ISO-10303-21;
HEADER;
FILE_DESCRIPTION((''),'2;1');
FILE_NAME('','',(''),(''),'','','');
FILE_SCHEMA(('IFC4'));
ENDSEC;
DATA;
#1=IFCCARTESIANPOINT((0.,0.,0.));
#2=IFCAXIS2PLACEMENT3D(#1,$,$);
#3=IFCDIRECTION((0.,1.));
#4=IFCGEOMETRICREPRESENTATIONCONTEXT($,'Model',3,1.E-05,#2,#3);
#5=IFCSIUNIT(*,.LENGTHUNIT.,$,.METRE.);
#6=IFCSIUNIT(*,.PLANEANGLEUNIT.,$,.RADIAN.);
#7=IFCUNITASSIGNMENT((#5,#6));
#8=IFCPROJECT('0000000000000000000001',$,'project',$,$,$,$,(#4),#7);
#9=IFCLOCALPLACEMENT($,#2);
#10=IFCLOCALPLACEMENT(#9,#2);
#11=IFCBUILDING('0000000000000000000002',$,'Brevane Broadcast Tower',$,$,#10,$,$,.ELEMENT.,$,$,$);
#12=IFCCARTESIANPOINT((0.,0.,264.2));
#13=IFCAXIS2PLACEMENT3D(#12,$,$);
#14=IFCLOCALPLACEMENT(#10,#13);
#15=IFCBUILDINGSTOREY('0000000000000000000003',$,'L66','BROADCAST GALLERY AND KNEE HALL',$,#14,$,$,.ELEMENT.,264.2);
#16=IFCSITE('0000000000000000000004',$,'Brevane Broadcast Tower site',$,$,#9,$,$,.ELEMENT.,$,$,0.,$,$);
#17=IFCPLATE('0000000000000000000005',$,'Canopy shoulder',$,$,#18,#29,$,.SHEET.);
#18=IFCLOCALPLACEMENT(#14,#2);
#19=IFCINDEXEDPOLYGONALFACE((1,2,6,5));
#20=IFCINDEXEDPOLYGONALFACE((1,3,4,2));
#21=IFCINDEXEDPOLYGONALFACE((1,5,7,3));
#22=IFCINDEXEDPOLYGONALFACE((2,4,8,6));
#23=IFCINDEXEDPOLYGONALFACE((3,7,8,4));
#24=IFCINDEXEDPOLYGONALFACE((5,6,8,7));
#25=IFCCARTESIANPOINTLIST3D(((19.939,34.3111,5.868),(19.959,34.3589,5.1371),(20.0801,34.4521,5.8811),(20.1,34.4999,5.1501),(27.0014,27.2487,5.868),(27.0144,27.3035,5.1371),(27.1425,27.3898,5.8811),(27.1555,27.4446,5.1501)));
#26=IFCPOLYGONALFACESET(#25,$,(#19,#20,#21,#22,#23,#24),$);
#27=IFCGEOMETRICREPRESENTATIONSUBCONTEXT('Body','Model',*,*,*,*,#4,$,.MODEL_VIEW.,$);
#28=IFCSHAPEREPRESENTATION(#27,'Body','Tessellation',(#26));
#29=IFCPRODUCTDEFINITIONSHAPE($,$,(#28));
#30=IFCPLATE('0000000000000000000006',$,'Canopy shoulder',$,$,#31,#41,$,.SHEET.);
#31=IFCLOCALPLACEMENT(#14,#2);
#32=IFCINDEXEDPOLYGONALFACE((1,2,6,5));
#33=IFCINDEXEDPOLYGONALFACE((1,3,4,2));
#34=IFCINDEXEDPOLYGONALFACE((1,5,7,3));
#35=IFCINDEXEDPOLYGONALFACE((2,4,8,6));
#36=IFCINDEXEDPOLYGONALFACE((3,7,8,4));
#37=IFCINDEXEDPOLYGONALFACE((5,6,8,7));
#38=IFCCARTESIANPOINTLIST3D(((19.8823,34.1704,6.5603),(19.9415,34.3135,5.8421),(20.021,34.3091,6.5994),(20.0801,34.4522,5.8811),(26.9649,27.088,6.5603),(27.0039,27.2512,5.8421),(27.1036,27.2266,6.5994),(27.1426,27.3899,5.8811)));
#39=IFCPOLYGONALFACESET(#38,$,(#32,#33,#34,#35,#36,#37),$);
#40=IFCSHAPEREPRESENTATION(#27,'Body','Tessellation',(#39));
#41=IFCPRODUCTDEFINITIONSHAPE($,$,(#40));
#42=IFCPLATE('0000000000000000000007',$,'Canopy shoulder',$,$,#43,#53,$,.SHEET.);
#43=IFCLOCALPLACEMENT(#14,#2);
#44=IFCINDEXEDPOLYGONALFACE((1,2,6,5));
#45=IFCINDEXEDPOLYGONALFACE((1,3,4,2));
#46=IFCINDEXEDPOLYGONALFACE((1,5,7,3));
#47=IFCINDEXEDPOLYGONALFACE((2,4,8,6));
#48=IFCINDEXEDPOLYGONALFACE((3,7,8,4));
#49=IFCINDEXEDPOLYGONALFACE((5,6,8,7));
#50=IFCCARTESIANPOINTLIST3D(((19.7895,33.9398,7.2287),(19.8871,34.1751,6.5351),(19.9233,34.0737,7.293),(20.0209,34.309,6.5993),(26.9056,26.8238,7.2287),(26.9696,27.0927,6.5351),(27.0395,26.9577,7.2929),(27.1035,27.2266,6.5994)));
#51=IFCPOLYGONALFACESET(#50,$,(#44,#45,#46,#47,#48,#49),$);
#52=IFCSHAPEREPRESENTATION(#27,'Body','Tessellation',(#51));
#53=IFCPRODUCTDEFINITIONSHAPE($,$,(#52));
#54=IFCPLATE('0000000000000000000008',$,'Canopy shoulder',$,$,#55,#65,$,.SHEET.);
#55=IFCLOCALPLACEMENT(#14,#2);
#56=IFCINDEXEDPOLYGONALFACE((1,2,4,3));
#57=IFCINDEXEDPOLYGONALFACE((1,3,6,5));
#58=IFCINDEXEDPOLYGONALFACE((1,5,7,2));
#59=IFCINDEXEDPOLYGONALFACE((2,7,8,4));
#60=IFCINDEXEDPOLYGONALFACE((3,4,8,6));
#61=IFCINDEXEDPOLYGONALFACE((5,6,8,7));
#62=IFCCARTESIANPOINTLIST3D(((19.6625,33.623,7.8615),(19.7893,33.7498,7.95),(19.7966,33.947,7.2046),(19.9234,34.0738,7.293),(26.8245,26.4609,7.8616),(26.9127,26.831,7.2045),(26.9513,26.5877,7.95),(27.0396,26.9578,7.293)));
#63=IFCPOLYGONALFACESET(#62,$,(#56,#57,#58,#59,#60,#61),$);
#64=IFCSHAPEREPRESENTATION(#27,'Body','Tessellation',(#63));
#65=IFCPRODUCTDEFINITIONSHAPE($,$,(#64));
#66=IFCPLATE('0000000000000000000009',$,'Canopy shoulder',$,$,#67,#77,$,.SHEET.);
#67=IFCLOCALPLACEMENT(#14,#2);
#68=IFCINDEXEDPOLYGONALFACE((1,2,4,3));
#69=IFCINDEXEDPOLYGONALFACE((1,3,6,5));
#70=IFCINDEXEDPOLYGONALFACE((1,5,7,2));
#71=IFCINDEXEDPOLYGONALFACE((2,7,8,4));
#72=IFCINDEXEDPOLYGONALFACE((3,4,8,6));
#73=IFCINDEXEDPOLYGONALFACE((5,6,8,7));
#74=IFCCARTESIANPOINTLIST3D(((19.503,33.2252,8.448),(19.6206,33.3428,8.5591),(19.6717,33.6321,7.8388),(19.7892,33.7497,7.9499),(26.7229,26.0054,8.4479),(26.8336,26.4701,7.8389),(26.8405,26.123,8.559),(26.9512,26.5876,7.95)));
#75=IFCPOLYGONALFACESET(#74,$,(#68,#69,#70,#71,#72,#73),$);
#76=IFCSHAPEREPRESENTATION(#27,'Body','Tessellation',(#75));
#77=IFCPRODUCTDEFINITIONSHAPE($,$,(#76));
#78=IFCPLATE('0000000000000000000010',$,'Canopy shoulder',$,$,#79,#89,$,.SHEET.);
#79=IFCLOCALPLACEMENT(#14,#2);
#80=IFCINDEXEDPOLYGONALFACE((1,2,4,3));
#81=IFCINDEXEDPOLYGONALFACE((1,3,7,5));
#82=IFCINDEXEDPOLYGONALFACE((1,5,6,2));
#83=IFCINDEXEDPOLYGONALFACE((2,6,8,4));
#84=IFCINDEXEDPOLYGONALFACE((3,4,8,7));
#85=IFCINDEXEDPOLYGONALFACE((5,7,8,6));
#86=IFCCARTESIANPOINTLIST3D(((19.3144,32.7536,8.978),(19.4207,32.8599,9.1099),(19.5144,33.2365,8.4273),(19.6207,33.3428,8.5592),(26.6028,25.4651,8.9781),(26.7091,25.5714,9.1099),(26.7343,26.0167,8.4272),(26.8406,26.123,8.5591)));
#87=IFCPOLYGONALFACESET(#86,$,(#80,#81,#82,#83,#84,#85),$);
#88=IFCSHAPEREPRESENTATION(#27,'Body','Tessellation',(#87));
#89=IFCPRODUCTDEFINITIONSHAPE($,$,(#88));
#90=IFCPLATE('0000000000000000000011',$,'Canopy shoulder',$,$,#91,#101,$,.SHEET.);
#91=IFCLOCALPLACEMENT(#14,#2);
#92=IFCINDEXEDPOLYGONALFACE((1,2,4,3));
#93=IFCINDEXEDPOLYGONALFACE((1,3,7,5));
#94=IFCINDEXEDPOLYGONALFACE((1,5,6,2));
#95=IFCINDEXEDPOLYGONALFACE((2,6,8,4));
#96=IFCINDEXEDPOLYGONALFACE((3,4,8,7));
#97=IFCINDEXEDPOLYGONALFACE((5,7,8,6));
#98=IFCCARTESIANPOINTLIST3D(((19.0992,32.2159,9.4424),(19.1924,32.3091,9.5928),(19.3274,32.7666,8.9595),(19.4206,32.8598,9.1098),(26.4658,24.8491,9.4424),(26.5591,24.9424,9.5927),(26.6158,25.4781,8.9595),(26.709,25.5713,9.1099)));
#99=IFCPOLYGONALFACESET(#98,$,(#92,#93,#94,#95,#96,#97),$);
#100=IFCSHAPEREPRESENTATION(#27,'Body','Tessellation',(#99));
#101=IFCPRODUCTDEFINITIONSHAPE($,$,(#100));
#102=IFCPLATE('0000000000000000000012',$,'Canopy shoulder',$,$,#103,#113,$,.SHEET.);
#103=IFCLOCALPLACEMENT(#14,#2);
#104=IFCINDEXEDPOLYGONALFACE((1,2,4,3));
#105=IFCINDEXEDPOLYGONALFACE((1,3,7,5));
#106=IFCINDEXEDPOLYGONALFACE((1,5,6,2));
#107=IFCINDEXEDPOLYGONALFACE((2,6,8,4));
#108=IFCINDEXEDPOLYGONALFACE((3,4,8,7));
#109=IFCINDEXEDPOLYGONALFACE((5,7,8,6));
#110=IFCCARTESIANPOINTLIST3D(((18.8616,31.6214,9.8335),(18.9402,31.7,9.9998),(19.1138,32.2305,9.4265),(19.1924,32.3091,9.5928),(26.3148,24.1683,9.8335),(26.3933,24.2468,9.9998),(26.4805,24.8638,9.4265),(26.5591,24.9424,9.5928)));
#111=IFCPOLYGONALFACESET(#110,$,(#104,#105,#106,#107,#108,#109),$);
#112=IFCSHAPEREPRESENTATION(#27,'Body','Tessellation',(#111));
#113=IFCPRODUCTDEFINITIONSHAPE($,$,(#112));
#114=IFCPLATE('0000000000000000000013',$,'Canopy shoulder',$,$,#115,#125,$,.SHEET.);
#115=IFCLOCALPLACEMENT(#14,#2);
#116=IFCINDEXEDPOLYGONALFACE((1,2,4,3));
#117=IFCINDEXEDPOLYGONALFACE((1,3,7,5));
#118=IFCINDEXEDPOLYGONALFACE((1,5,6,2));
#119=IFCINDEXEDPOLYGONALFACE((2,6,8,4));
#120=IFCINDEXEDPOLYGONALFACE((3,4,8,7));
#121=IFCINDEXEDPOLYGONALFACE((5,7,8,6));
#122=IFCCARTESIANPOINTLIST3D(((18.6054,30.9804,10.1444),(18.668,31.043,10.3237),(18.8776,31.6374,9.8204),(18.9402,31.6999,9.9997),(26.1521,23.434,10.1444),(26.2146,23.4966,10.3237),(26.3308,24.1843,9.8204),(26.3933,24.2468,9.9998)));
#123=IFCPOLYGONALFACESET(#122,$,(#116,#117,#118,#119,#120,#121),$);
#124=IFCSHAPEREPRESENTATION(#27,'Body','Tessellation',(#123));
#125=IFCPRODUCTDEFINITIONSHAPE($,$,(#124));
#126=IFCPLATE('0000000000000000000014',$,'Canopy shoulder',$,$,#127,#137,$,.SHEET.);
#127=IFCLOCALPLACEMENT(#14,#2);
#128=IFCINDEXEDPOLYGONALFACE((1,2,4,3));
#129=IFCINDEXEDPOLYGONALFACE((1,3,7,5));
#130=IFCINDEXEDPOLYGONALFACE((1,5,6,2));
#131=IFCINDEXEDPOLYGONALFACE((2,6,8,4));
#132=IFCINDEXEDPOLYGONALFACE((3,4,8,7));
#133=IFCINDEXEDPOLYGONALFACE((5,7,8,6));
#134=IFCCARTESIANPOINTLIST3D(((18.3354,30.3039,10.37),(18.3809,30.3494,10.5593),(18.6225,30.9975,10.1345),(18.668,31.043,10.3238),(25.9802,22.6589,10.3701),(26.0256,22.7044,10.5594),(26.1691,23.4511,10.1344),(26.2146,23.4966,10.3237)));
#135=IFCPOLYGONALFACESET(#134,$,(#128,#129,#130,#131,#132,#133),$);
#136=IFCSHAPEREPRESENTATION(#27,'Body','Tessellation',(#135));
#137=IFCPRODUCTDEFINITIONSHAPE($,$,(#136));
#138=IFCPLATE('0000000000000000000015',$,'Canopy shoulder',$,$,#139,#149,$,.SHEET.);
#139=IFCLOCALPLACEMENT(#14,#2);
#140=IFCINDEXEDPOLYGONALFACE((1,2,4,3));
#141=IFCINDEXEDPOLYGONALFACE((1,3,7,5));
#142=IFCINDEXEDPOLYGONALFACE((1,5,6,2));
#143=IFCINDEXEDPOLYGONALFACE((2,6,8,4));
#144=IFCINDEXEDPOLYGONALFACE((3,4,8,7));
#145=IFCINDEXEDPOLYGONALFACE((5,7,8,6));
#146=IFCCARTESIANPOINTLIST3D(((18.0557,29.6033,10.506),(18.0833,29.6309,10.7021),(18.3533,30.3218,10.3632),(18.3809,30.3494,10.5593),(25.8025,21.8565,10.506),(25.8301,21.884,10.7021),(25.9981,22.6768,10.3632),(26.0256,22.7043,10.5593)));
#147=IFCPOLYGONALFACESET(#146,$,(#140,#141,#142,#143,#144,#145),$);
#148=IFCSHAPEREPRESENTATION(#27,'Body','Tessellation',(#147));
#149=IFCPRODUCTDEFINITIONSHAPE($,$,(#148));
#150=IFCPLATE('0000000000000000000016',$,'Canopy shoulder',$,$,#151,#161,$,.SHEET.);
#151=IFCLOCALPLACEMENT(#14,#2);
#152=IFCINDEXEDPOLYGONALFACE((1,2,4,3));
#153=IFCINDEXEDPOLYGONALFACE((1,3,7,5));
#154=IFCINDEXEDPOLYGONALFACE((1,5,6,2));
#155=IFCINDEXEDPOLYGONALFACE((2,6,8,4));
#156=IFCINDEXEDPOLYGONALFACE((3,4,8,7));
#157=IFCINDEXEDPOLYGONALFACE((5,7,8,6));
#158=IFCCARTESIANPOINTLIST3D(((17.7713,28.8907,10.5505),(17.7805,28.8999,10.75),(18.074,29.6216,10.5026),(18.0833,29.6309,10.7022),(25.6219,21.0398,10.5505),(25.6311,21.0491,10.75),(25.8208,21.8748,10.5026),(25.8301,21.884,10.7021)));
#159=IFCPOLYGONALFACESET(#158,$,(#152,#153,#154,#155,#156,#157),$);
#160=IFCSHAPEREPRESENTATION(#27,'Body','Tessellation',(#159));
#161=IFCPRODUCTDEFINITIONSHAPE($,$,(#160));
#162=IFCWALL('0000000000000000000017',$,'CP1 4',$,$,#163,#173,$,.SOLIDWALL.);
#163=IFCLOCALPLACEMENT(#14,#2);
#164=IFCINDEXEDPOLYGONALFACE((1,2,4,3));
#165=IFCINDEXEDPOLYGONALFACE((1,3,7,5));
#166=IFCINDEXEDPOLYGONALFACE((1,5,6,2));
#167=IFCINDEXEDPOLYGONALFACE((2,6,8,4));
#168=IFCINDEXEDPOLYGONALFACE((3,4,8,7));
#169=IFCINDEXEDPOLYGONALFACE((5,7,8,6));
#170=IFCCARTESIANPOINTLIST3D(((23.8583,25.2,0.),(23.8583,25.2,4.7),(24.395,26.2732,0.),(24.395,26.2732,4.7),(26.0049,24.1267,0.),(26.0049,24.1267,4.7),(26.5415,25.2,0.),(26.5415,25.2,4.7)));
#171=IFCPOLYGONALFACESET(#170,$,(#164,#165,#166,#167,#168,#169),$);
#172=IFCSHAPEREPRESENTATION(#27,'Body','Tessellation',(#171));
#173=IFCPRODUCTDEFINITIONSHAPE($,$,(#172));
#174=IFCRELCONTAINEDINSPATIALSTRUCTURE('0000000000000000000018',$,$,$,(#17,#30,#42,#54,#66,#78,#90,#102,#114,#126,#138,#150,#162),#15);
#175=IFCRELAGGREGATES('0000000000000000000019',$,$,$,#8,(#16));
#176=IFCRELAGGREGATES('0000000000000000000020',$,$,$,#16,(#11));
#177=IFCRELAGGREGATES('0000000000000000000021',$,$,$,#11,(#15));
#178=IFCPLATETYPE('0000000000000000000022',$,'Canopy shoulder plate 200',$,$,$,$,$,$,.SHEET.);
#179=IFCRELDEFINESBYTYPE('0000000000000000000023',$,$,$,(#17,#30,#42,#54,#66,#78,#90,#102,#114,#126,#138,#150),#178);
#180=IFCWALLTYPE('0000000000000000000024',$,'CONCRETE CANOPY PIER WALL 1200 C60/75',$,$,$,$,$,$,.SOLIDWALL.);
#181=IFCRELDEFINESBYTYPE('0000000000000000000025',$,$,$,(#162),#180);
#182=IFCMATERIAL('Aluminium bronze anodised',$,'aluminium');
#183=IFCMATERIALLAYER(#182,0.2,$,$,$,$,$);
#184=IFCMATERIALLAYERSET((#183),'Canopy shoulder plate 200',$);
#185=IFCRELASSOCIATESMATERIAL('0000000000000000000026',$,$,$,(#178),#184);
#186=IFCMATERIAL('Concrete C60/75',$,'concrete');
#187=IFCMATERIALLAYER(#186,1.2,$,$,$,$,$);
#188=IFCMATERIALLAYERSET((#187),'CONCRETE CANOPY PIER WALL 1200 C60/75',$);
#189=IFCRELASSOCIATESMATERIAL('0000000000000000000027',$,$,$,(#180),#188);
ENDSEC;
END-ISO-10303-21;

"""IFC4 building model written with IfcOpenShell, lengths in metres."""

from ifc_helpers import new_model, si_unit, direction, frame, frame_2d, origin, place, context, subcontext, project, spatial, polyline, rectangle, outline, extrude, material, layer, layer_set, type_object, element, save


model = new_model("IFC4")

# Units and contexts
model_context = context("Model", 3, precision=1e-05, world=origin(), true_north=direction((0.0, 1.0)))
body_context = subcontext(model_context, "Body", "Model", "MODEL_VIEW")
ifc_project = project(units=[si_unit("LENGTHUNIT", "METRE"), si_unit("PLANEANGLEUNIT", "RADIAN")], contexts=[model_context])

# Site, building, storey
site_placement = place(None, origin())
site = spatial("IfcSite", under=ifc_project, at=site_placement, Name="Brevane Broadcast Tower site", CompositionType="ELEMENT", RefElevation=0.0)
building_placement = place(site_placement, origin())
building = spatial("IfcBuilding", under=site, at=building_placement, Name="Brevane Broadcast Tower", CompositionType="ELEMENT")
storey_placement = place(building_placement, frame((0.0, 0.0, 264.2)))
storey = spatial("IfcBuildingStorey", under=building, at=storey_placement, Name="L66", Description="BROADCAST GALLERY AND KNEE HALL", CompositionType="ELEMENT", Elevation=264.2)

# Plates
ifc_material_1 = material(Name="Aluminium bronze anodised", Category="aluminium")
ifc_layer_1 = layer(ifc_material_1, 0.2)
ifc_layer_set_1 = layer_set([ifc_layer_1], Name="Canopy shoulder plate 200")
plate_type_1 = type_object("IfcPlateType", Name="Canopy shoulder plate 200", PredefinedType="SHEET", material=ifc_layer_set_1)
plate_1_placement = place(storey_placement, frame((27.1555, 27.4446, 5.1501), z_axis=(0.705587, 0.705599, 0.065398), x_axis=(-0.707113, 0.707101, -0.000001)))
element("IfcPlate", 1, at=plate_1_placement, inside=storey, type_object=plate_type_1, Name="Canopy shoulder", PredefinedType="SHEET", context=body_context, shape_type="SweptSolid", body=[
    extrude(outline(polyline([(0.0, 0.0), (9.9779, 0.0), (9.9582, 0.7325), (-0.0295, 0.7325), (0.0, 0.0)])), origin(), (0.0, 0.0, -1.0), 0.2),
])
plate_2_placement = place(storey_placement, frame((27.1426, 27.3899, 5.8811), z_axis=(0.693485, 0.693497, 0.195296), x_axis=(-0.707113, 0.7071, 0.000002)))
element("IfcPlate", 2, at=plate_2_placement, inside=storey, type_object=plate_type_1, Name="Canopy shoulder", PredefinedType="SHEET", context=body_context, shape_type="SweptSolid", body=[
    extrude(outline(polyline([(0.0, 0.0), (9.9877, 0.0), (9.9283, 0.7323), (-0.0879, 0.7324), (0.0, 0.0)])), origin(), (0.0, 0.0, -1.0), 0.2),
])
plate_3_placement = place(storey_placement, frame((27.1035, 27.2266, 6.5994), z_axis=(0.669593, 0.669604, 0.321366), x_axis=(-0.707112, 0.707101, -0.000003)))
element("IfcPlate", 3, at=plate_3_placement, inside=storey, type_object=plate_type_1, Name="Canopy shoulder", PredefinedType="SHEET", context=body_context, shape_type="SweptSolid", body=[
    extrude(outline(polyline([(0.0, 0.0), (10.0162, 0.0), (9.9188, 0.7325), (-0.1448, 0.7324), (0.0, 0.0)])), origin(), (0.0, 0.0, -1.0), 0.2),
])
plate_4_placement = place(storey_placement, frame((27.0396, 26.9578, 7.293), z_axis=(0.634167, 0.634167, 0.442338), x_axis=(-0.707109, 0.707104, 0.000007)))
element("IfcPlate", 4, at=plate_4_placement, inside=storey, type_object=plate_type_1, Name="Canopy shoulder", PredefinedType="SHEET", context=body_context, shape_type="SweptSolid", body=[
    extrude(outline(polyline([(0.0, 0.0), (10.0637, 0.0), (9.9294, 0.7325), (-0.1992, 0.7326), (0.0, 0.0)])), origin(), (0.0, 0.0, -1.0), 0.2),
])
plate_5_placement = place(storey_placement, frame((26.9512, 26.5876, 7.95), z_axis=(0.587987, 0.587987, 0.555465), x_axis=(-0.707103, 0.70711, -0.000008)))
element("IfcPlate", 5, at=plate_5_placement, inside=storey, type_object=plate_type_1, Name="Canopy shoulder", PredefinedType="SHEET", context=body_context, shape_type="SweptSolid", body=[
    extrude(outline(polyline([(0.0, 0.0), (10.1286, 0.0), (9.9601, 0.7326), (-0.2503, 0.7324), (0.0, 0.0)])), origin(), (0.0, 0.0, -1.0), 0.2),
])
plate_6_placement = place(storey_placement, frame((26.8406, 26.123, 8.5591), z_axis=(0.531628, 0.531628, 0.659351), x_axis=(-0.707112, 0.707102, 0.000008)))
element("IfcPlate", 6, at=plate_6_placement, inside=storey, type_object=plate_type_1, Name="Canopy shoulder", PredefinedType="SHEET", context=body_context, shape_type="SweptSolid", body=[
    extrude(outline(polyline([(0.0, 0.0), (10.2104, 0.0), (10.0103, 0.7325), (-0.2971, 0.7327), (0.0, 0.0)])), origin(), (0.0, 0.0, -1.0), 0.2),
])
plate_7_placement = place(storey_placement, frame((26.709, 25.5713, 9.1099), z_axis=(0.466169, 0.466161, 0.751918), x_axis=(-0.707098, 0.707116, -0.000004)))
element("IfcPlate", 7, at=plate_7_placement, inside=storey, type_object=plate_type_1, Name="Canopy shoulder", PredefinedType="SHEET", context=body_context, shape_type="SweptSolid", body=[
    extrude(outline(polyline([(0.0, 0.0), (10.3074, 0.0), (10.0794, 0.7326), (-0.3387, 0.7324), (0.0, 0.0)])), origin(), (0.0, 0.0, -1.0), 0.2),
])
plate_8_placement = place(storey_placement, frame((26.5591, 24.9424, 9.5928), z_axis=(0.392866, 0.392866, 0.831452), x_axis=(-0.707107, 0.707107, 0.0)))
element("IfcPlate", 8, at=plate_8_placement, inside=storey, type_object=plate_type_1, Name="Canopy shoulder", PredefinedType="SHEET", context=body_context, shape_type="SweptSolid", body=[
    extrude(outline(polyline([(0.0, 0.0), (10.4181, 0.0), (10.1657, 0.7325), (-0.3746, 0.7325), (0.0, 0.0)])), origin(), (0.0, 0.0, -1.0), 0.2),
])
plate_9_placement = place(storey_placement, frame((26.3933, 24.2468, 9.9998), z_axis=(0.312741, 0.312746, 0.896874), x_axis=(-0.707108, 0.707106, -0.000003)))
element("IfcPlate", 9, at=plate_9_placement, inside=storey, type_object=plate_type_1, Name="Canopy shoulder", PredefinedType="SHEET", context=body_context, shape_type="SweptSolid", body=[
    extrude(outline(polyline([(0.0, 0.0), (10.5403, 0.0), (10.2682, 0.7326), (-0.4041, 0.7324), (0.0, 0.0)])), origin(), (0.0, 0.0, -1.0), 0.2),
])
plate_10_placement = place(storey_placement, frame((26.2146, 23.4966, 10.3237), z_axis=(0.22741, 0.22741, 0.946874), x_axis=(-0.707117, 0.707097, 0.000005)))
element("IfcPlate", 10, at=plate_10_placement, inside=storey, type_object=plate_type_1, Name="Canopy shoulder", PredefinedType="SHEET", context=body_context, shape_type="SweptSolid", body=[
    extrude(outline(polyline([(0.0, 0.0), (10.6724, 0.0), (10.385, 0.7324), (-0.4266, 0.7327), (0.0, 0.0)])), origin(), (0.0, 0.0, -1.0), 0.2),
])
plate_11_placement = place(storey_placement, frame((26.0256, 22.7043, 10.5593), z_axis=(0.137878, 0.137876, 0.980806), x_axis=(-0.707096, 0.707118, -0.000002)))
element("IfcPlate", 11, at=plate_11_placement, inside=storey, type_object=plate_type_1, Name="Canopy shoulder", PredefinedType="SHEET", context=body_context, shape_type="SweptSolid", body=[
    extrude(outline(polyline([(0.0, 0.0), (10.8115, 0.0), (10.5139, 0.7326), (-0.4418, 0.7324), (0.0, 0.0)])), origin(), (0.0, 0.0, -1.0), 0.2),
])
plate_12_placement = place(storey_placement, frame((25.8301, 21.884, 10.7021), z_axis=(0.046188, 0.046187, 0.997864), x_axis=(-0.707107, 0.707107, 0.000001)))
element("IfcPlate", 12, at=plate_12_placement, inside=storey, type_object=plate_type_1, Name="Canopy shoulder", PredefinedType="SHEET", context=body_context, shape_type="SweptSolid", body=[
    extrude(outline(polyline([(0.0, 0.0), (10.9557, 0.0), (10.6529, 0.7325), (-0.4497, 0.7327), (0.0, 0.0)])), origin(), (0.0, 0.0, -1.0), 0.2),
])

# Wall
ifc_material_2 = material(Name="Concrete C60/75", Category="concrete")
ifc_layer_2 = layer(ifc_material_2, 1.2)
ifc_layer_set_2 = layer_set([ifc_layer_2], Name="CONCRETE CANOPY PIER WALL 1200 C60/75")
wall_type = type_object("IfcWallType", Name="CONCRETE CANOPY PIER WALL 1200 C60/75", PredefinedType="SOLIDWALL", material=ifc_layer_set_2)
wall_placement = place(storey_placement, frame((26.2732, 24.6633, 0.0), z_axis=(0.0, 0.0, 1.0), x_axis=(-0.894427, 0.447214, 0.0)))
element("IfcWall", 13, at=wall_placement, inside=storey, type_object=wall_type, Name="CP1 4", PredefinedType="SOLIDWALL", context=body_context, shape_type="SweptSolid", body=[
    extrude(rectangle(XDim=2.3999, YDim=1.2, at=frame_2d((1.2, 0.0))), origin(), (0.0, 0.0, 1.0), 4.7),
])

save(model, "model.ifc")
